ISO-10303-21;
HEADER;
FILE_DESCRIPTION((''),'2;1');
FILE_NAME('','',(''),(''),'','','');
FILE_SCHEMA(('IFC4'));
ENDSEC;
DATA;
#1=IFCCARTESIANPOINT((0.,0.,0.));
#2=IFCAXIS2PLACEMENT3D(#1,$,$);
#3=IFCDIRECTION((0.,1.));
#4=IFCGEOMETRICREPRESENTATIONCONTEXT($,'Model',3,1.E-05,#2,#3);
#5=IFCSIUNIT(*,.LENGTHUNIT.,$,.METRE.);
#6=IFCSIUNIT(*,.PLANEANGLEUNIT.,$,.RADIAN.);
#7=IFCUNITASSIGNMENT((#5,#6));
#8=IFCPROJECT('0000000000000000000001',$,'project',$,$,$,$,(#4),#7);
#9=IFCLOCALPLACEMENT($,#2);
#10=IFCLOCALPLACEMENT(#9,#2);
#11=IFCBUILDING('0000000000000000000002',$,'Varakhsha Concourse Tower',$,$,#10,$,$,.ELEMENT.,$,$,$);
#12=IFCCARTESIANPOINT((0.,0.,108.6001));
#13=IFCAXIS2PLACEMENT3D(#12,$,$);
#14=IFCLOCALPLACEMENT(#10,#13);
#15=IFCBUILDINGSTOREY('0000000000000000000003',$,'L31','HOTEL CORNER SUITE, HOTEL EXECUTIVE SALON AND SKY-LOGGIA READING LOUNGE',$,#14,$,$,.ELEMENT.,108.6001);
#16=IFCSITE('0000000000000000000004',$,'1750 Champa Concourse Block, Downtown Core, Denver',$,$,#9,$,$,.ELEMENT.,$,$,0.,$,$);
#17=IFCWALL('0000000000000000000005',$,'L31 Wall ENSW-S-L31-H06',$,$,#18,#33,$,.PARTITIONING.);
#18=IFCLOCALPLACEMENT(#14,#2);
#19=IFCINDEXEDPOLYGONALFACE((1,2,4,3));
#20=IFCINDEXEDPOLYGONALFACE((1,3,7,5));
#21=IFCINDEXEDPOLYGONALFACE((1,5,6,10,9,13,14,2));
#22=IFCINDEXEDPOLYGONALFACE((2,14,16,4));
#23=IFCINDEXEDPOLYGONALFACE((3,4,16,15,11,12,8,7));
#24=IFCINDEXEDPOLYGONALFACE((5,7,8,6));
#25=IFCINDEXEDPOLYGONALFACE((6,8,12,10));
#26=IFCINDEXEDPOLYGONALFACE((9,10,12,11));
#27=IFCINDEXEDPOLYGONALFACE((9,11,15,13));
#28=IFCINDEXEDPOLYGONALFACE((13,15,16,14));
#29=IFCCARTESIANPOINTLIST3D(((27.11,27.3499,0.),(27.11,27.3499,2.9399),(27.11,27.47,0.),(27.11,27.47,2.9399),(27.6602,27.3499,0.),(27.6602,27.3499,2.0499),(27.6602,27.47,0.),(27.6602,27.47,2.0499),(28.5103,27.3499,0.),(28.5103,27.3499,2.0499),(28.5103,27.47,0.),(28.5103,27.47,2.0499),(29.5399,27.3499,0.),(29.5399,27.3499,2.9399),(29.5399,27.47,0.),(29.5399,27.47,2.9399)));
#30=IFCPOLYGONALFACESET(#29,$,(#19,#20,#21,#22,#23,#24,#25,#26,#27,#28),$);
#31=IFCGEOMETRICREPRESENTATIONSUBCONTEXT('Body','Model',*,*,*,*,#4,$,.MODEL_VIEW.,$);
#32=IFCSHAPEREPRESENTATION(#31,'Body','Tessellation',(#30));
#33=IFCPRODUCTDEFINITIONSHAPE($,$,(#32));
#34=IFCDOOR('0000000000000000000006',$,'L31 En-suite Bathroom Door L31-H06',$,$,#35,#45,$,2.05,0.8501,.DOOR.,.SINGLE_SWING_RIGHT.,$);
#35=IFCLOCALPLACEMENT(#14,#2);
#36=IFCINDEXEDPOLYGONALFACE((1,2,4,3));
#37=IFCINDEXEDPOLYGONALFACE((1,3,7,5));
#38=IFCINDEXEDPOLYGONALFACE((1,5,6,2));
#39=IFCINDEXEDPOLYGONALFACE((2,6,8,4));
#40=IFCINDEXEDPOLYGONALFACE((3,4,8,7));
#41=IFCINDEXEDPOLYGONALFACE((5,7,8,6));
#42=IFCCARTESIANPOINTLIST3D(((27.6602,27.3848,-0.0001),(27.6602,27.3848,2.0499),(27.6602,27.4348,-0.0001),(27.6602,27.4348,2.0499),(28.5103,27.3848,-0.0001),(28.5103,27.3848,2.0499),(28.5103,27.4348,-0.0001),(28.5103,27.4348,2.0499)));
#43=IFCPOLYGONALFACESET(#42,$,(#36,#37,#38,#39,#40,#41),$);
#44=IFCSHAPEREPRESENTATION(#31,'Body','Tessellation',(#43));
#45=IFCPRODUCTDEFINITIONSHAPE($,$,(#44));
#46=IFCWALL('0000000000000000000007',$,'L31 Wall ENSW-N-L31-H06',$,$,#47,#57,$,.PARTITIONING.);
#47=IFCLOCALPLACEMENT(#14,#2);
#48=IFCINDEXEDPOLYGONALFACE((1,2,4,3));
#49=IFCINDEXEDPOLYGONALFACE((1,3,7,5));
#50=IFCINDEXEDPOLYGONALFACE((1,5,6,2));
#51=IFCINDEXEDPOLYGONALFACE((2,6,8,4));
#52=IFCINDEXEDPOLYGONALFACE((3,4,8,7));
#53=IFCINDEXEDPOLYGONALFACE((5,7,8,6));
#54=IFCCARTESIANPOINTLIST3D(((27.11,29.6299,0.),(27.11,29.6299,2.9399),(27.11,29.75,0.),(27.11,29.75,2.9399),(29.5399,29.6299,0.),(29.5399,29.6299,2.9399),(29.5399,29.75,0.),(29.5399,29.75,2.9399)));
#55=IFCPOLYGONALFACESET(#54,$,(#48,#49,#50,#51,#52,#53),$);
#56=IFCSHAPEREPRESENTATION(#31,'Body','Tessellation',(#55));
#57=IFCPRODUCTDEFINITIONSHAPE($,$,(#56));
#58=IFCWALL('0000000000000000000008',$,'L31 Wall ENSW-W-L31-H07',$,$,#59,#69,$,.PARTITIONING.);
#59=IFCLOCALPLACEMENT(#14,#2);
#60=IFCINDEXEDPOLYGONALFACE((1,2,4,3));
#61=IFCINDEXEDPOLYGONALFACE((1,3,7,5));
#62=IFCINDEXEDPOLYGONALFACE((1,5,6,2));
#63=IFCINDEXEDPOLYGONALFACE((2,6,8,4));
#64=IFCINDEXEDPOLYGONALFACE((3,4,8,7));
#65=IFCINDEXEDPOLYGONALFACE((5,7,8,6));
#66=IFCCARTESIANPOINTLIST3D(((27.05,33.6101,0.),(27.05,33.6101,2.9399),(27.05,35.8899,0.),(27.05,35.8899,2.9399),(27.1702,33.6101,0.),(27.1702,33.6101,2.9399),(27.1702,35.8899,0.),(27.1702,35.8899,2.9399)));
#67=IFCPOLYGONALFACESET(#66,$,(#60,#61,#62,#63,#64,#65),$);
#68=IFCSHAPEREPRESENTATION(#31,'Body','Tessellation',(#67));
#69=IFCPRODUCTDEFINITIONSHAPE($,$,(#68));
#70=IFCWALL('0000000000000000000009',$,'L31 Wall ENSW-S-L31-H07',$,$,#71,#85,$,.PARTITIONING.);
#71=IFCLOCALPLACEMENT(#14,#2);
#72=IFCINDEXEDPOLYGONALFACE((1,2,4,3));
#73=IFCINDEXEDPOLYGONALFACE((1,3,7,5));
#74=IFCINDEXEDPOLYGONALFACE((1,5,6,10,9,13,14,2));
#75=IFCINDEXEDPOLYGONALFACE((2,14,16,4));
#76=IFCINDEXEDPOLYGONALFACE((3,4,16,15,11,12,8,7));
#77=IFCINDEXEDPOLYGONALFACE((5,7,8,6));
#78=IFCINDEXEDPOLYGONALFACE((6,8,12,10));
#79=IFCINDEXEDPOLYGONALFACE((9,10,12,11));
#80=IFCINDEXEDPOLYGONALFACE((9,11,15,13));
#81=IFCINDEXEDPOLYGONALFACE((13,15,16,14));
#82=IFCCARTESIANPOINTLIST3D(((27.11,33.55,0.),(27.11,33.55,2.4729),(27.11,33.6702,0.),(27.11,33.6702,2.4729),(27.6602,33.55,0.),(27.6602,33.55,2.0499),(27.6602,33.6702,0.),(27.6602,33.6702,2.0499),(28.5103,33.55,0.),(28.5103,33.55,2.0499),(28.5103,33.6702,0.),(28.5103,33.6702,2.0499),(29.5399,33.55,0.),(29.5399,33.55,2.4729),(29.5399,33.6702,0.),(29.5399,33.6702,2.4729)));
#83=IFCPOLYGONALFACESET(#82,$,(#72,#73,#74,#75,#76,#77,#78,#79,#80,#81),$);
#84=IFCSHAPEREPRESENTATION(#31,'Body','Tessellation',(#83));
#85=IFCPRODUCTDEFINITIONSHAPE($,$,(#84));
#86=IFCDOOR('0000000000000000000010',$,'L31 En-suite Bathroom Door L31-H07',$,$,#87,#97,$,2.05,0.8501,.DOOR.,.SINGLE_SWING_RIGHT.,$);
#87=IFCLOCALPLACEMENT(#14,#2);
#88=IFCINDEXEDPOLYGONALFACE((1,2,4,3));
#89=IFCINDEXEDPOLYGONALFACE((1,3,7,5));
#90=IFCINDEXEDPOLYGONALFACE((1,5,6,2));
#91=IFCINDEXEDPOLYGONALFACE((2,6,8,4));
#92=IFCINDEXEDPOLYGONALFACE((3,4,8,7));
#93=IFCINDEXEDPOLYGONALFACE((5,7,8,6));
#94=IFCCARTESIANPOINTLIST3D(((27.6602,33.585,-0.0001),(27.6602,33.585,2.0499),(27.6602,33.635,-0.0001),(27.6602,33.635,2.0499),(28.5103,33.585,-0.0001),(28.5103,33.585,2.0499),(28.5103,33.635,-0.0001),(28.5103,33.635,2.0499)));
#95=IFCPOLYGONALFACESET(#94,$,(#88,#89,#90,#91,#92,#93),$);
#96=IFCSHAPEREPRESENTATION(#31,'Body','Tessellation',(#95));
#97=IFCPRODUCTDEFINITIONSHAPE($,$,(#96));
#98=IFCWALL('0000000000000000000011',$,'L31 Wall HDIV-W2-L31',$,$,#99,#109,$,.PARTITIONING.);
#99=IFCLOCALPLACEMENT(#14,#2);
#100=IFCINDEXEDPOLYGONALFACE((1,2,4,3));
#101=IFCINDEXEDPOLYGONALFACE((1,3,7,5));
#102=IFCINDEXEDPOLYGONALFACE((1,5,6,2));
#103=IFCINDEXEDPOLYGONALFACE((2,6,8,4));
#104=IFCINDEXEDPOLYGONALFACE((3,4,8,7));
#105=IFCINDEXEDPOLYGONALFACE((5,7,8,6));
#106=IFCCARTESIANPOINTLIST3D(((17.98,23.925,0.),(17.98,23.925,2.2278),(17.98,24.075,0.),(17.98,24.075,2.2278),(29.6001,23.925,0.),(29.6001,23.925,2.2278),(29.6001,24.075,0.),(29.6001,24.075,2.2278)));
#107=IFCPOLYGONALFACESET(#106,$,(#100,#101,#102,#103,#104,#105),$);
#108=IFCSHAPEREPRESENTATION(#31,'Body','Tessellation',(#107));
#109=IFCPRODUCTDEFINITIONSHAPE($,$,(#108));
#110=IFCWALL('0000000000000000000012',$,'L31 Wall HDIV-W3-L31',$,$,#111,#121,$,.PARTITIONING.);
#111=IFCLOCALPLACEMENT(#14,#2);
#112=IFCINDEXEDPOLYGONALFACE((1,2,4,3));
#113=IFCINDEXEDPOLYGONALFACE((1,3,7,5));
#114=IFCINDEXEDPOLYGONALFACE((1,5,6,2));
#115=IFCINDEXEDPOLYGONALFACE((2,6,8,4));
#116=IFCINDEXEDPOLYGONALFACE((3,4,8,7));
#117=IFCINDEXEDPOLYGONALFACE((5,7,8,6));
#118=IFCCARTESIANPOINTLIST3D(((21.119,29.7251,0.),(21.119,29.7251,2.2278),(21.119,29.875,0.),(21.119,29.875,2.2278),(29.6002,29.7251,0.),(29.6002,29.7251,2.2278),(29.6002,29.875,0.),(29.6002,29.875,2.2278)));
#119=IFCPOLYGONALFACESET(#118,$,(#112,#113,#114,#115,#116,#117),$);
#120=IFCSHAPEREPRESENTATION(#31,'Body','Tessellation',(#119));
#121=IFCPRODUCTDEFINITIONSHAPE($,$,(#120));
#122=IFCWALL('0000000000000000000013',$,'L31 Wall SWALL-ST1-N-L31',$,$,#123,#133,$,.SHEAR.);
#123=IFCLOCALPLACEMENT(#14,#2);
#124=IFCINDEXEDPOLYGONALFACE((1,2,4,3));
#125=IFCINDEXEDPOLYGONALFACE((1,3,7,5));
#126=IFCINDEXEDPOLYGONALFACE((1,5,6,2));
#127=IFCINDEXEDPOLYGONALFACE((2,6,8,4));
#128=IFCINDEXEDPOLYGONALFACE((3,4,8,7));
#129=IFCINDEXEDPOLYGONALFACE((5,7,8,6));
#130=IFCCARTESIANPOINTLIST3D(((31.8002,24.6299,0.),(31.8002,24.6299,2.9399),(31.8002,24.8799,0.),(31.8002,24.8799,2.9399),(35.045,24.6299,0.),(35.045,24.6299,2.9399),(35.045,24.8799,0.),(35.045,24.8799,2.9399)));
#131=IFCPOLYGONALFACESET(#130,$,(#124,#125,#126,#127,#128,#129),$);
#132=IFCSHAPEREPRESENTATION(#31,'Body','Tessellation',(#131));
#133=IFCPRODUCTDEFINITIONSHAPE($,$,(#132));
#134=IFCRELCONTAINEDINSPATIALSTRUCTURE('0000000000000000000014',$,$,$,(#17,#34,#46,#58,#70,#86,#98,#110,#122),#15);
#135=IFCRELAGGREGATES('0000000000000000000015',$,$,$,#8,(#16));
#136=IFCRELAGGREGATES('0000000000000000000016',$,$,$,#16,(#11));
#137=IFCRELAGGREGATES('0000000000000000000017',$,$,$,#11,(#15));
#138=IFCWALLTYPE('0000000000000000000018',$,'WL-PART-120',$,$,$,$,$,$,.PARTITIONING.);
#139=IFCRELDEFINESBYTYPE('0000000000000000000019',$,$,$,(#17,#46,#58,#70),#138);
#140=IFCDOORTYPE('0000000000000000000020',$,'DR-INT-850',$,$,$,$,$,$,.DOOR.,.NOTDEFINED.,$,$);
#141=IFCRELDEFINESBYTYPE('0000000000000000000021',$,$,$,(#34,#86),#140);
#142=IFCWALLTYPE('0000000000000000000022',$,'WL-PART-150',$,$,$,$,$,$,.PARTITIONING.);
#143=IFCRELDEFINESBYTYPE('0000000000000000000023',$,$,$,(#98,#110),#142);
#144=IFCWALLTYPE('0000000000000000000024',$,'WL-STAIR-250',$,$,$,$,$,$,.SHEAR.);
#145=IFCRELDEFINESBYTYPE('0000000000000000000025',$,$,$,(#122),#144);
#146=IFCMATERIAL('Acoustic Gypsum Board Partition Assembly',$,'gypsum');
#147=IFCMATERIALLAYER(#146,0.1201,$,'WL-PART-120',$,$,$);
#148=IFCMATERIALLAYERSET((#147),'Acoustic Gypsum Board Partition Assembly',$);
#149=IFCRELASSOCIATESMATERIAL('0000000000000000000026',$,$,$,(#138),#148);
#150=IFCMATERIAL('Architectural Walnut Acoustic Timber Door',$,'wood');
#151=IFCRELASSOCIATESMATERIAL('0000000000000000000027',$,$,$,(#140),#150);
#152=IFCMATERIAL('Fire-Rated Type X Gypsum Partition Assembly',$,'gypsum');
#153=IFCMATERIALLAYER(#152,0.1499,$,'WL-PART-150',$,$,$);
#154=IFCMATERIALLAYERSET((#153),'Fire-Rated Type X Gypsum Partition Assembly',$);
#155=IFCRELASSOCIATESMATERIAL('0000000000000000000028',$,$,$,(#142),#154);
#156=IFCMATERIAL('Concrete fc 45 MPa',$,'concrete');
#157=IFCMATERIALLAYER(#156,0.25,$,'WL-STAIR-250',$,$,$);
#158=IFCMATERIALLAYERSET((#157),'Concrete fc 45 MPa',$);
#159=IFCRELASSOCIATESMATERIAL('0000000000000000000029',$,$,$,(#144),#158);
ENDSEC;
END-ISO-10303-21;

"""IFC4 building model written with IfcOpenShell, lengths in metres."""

from ifc_helpers import new_model, si_unit, direction, frame, frame_2d, origin, place, context, subcontext, project, spatial, rectangle, extrude, material, layer, layer_set, type_object, element, fill, save


model = new_model("IFC4")

# Units and contexts
model_context = context("Model", 3, precision=1e-05, world=origin(), true_north=direction((0.0, 1.0)))
body_context = subcontext(model_context, "Body", "Model", "MODEL_VIEW")
ifc_project = project(units=[si_unit("LENGTHUNIT", "METRE"), si_unit("PLANEANGLEUNIT", "RADIAN")], contexts=[model_context])

# Site, building, storey
site_placement = place(None, origin())
site = spatial("IfcSite", under=ifc_project, at=site_placement, Name="1750 Champa Concourse Block, Downtown Core, Denver", CompositionType="ELEMENT", RefElevation=0.0)
building_placement = place(site_placement, origin())
building = spatial("IfcBuilding", under=site, at=building_placement, Name="Varakhsha Concourse Tower", CompositionType="ELEMENT")
storey_placement = place(building_placement, frame((0.0, 0.0, 108.6001)))
storey = spatial("IfcBuildingStorey", under=building, at=storey_placement, Name="L31", Description="HOTEL CORNER SUITE, HOTEL EXECUTIVE SALON AND SKY-LOGGIA READING LOUNGE", CompositionType="ELEMENT", Elevation=108.6001)

# Shared definitions
ifc_material_1 = material(Name="Acoustic Gypsum Board Partition Assembly", Category="gypsum")
ifc_layer_1 = layer(ifc_material_1, 0.1201, Name="WL-PART-120")
ifc_layer_set_1 = layer_set([ifc_layer_1], Name="Acoustic Gypsum Board Partition Assembly")
wall_type_1 = type_object("IfcWallType", Name="WL-PART-120", PredefinedType="PARTITIONING", material=ifc_layer_set_1)

# Wall, opening, door
wall_1_placement = place(storey_placement, frame((27.1101, 27.4099, 0.0), z_axis=(0.0, 0.0, 1.0), x_axis=(1.0, 0.0, 0.0)))
wall_1 = element("IfcWall", 1, at=wall_1_placement, inside=storey, type_object=wall_type_1, Name="L31 Wall ENSW-S-L31-H06", PredefinedType="PARTITIONING", context=body_context, shape_type="SweptSolid", body=[
    extrude(rectangle(XDim=2.4299, YDim=0.1201, at=frame_2d((1.2148, 0.0))), origin(), (0.0, 0.0, 1.0), 2.9399),
])
opening_1_placement = place(wall_1_placement, frame((0.55, 0.0, 0.0)))
opening_1 = element("IfcOpeningElement", 2, at=opening_1_placement, cuts=wall_1, PredefinedType="OPENING", context=body_context, shape_type="SweptSolid", body=[
    extrude(rectangle(XDim=0.8501, YDim=2.05, at=frame_2d((0.425, 1.0249))), frame((0.0, 0.0701, 0.0), z_axis=(0.0, -1.0, 0.0), x_axis=(1.0, 0.0, 0.0)), (0.0, 0.0, 1.0), 0.1401),
])
ifc_material_2 = material(Name="Architectural Walnut Acoustic Timber Door", Category="wood")
door_type = type_object("IfcDoorType", Name="DR-INT-850", OperationType="NOTDEFINED", PredefinedType="DOOR", material=ifc_material_2)
door_1_placement = place(opening_1_placement, origin())
door_1 = element("IfcDoor", 3, at=door_1_placement, inside=storey, type_object=door_type, Name="L31 En-suite Bathroom Door L31-H06", OperationType="SINGLE_SWING_RIGHT", OverallHeight=2.05, OverallWidth=0.8501, PredefinedType="DOOR", context=body_context, shape_type="SweptSolid", body=[
    extrude(rectangle(XDim=0.8501, YDim=2.05, at=frame_2d((0.425, 1.0249))), frame((0.0, 0.0249, 0.0), z_axis=(0.0, -1.0, 0.0), x_axis=(1.0, 0.0, 0.0)), (0.0, 0.0, 1.0), 0.05),
])
fill(opening_1, door_1)

# Walls
wall_2_placement = place(storey_placement, frame((27.1101, 29.6899, 0.0), z_axis=(0.0, 0.0, 1.0), x_axis=(1.0, 0.0, 0.0)))
element("IfcWall", 4, at=wall_2_placement, inside=storey, type_object=wall_type_1, Name="L31 Wall ENSW-N-L31-H06", PredefinedType="PARTITIONING", context=body_context, shape_type="SweptSolid", body=[
    extrude(rectangle(XDim=2.4299, YDim=0.1201, at=frame_2d((1.2148, 0.0))), origin(), (0.0, 0.0, 1.0), 2.9399),
])
wall_3_placement = place(storey_placement, frame((27.1101, 33.6101, 0.0), z_axis=(0.0, 0.0, 1.0), x_axis=(0.0, 1.0, 0.0)))
element("IfcWall", 5, at=wall_3_placement, inside=storey, type_object=wall_type_1, Name="L31 Wall ENSW-W-L31-H07", PredefinedType="PARTITIONING", context=body_context, shape_type="SweptSolid", body=[
    extrude(rectangle(XDim=2.2798, YDim=0.1201, at=frame_2d((1.1399, 0.0))), origin(), (0.0, 0.0, 1.0), 2.9399),
])

# Wall, opening, door
wall_4_placement = place(storey_placement, frame((27.1101, 33.6101, 0.0), z_axis=(0.0, 0.0, 1.0), x_axis=(1.0, 0.0, 0.0)))
wall_4 = element("IfcWall", 6, at=wall_4_placement, inside=storey, type_object=wall_type_1, Name="L31 Wall ENSW-S-L31-H07", PredefinedType="PARTITIONING", context=body_context, shape_type="SweptSolid", body=[
    extrude(rectangle(XDim=2.4299, YDim=0.1201, at=frame_2d((1.2148, 0.0))), origin(), (0.0, 0.0, 1.0), 2.4729),
])
opening_2_placement = place(wall_4_placement, frame((0.55, 0.0, 0.0)))
opening_2 = element("IfcOpeningElement", 7, at=opening_2_placement, cuts=wall_4, PredefinedType="OPENING", context=body_context, shape_type="SweptSolid", body=[
    extrude(rectangle(XDim=0.8501, YDim=2.05, at=frame_2d((0.425, 1.0249))), frame((0.0, 0.0701, 0.0), z_axis=(0.0, -1.0, 0.0), x_axis=(1.0, 0.0, 0.0)), (0.0, 0.0, 1.0), 0.1401),
])
door_2_placement = place(opening_2_placement, origin())
door_2 = element("IfcDoor", 8, at=door_2_placement, inside=storey, type_object=door_type, Name="L31 En-suite Bathroom Door L31-H07", OperationType="SINGLE_SWING_RIGHT", OverallHeight=2.05, OverallWidth=0.8501, PredefinedType="DOOR", context=body_context, shape_type="SweptSolid", body=[
    extrude(rectangle(XDim=0.8501, YDim=2.05, at=frame_2d((0.425, 1.0249))), frame((0.0, 0.0249, 0.0), z_axis=(0.0, -1.0, 0.0), x_axis=(1.0, 0.0, 0.0)), (0.0, 0.0, 1.0), 0.05),
])
fill(opening_2, door_2)

# Walls
ifc_material_3 = material(Name="Fire-Rated Type X Gypsum Partition Assembly", Category="gypsum")
ifc_layer_2 = layer(ifc_material_3, 0.1499, Name="WL-PART-150")
ifc_layer_set_2 = layer_set([ifc_layer_2], Name="Fire-Rated Type X Gypsum Partition Assembly")
wall_type_2 = type_object("IfcWallType", Name="WL-PART-150", PredefinedType="PARTITIONING", material=ifc_layer_set_2)
wall_5_placement = place(storey_placement, frame((17.98, 24.0, 0.0), z_axis=(0.0, 0.0, 1.0), x_axis=(1.0, 0.0, 0.0)))
element("IfcWall", 9, at=wall_5_placement, inside=storey, type_object=wall_type_2, Name="L31 Wall HDIV-W2-L31", PredefinedType="PARTITIONING", context=body_context, shape_type="SweptSolid", body=[
    extrude(rectangle(XDim=11.6201, YDim=0.1499, at=frame_2d((5.8101, 0.0))), origin(), (0.0, 0.0, 1.0), 2.2278),
])
wall_6_placement = place(storey_placement, frame((21.1189, 29.8, 0.0), z_axis=(0.0, 0.0, 1.0), x_axis=(1.0, 0.0, 0.0)))
element("IfcWall", 10, at=wall_6_placement, inside=storey, type_object=wall_type_2, Name="L31 Wall HDIV-W3-L31", PredefinedType="PARTITIONING", context=body_context, shape_type="SweptSolid", body=[
    extrude(rectangle(XDim=8.4812, YDim=0.1499, at=frame_2d((4.2407, 0.0))), origin(), (0.0, 0.0, 1.0), 2.2278),
])
ifc_material_4 = material(Name="Concrete fc 45 MPa", Category="concrete")
ifc_layer_3 = layer(ifc_material_4, 0.25, Name="WL-STAIR-250")
ifc_layer_set_3 = layer_set([ifc_layer_3], Name="Concrete fc 45 MPa")
wall_type_3 = type_object("IfcWallType", Name="WL-STAIR-250", PredefinedType="SHEAR", material=ifc_layer_set_3)
wall_7_placement = place(storey_placement, frame((31.8, 24.7549, 0.0), z_axis=(0.0, 0.0, 1.0), x_axis=(1.0, 0.0, 0.0)))
element("IfcWall", 11, at=wall_7_placement, inside=storey, type_object=wall_type_3, Name="L31 Wall SWALL-ST1-N-L31", PredefinedType="SHEAR", context=body_context, shape_type="SweptSolid", body=[
    extrude(rectangle(XDim=3.2449, YDim=0.25, at=frame_2d((1.6226, 0.0))), origin(), (0.0, 0.0, 1.0), 2.9399),
])

save(model, "model.ifc")
